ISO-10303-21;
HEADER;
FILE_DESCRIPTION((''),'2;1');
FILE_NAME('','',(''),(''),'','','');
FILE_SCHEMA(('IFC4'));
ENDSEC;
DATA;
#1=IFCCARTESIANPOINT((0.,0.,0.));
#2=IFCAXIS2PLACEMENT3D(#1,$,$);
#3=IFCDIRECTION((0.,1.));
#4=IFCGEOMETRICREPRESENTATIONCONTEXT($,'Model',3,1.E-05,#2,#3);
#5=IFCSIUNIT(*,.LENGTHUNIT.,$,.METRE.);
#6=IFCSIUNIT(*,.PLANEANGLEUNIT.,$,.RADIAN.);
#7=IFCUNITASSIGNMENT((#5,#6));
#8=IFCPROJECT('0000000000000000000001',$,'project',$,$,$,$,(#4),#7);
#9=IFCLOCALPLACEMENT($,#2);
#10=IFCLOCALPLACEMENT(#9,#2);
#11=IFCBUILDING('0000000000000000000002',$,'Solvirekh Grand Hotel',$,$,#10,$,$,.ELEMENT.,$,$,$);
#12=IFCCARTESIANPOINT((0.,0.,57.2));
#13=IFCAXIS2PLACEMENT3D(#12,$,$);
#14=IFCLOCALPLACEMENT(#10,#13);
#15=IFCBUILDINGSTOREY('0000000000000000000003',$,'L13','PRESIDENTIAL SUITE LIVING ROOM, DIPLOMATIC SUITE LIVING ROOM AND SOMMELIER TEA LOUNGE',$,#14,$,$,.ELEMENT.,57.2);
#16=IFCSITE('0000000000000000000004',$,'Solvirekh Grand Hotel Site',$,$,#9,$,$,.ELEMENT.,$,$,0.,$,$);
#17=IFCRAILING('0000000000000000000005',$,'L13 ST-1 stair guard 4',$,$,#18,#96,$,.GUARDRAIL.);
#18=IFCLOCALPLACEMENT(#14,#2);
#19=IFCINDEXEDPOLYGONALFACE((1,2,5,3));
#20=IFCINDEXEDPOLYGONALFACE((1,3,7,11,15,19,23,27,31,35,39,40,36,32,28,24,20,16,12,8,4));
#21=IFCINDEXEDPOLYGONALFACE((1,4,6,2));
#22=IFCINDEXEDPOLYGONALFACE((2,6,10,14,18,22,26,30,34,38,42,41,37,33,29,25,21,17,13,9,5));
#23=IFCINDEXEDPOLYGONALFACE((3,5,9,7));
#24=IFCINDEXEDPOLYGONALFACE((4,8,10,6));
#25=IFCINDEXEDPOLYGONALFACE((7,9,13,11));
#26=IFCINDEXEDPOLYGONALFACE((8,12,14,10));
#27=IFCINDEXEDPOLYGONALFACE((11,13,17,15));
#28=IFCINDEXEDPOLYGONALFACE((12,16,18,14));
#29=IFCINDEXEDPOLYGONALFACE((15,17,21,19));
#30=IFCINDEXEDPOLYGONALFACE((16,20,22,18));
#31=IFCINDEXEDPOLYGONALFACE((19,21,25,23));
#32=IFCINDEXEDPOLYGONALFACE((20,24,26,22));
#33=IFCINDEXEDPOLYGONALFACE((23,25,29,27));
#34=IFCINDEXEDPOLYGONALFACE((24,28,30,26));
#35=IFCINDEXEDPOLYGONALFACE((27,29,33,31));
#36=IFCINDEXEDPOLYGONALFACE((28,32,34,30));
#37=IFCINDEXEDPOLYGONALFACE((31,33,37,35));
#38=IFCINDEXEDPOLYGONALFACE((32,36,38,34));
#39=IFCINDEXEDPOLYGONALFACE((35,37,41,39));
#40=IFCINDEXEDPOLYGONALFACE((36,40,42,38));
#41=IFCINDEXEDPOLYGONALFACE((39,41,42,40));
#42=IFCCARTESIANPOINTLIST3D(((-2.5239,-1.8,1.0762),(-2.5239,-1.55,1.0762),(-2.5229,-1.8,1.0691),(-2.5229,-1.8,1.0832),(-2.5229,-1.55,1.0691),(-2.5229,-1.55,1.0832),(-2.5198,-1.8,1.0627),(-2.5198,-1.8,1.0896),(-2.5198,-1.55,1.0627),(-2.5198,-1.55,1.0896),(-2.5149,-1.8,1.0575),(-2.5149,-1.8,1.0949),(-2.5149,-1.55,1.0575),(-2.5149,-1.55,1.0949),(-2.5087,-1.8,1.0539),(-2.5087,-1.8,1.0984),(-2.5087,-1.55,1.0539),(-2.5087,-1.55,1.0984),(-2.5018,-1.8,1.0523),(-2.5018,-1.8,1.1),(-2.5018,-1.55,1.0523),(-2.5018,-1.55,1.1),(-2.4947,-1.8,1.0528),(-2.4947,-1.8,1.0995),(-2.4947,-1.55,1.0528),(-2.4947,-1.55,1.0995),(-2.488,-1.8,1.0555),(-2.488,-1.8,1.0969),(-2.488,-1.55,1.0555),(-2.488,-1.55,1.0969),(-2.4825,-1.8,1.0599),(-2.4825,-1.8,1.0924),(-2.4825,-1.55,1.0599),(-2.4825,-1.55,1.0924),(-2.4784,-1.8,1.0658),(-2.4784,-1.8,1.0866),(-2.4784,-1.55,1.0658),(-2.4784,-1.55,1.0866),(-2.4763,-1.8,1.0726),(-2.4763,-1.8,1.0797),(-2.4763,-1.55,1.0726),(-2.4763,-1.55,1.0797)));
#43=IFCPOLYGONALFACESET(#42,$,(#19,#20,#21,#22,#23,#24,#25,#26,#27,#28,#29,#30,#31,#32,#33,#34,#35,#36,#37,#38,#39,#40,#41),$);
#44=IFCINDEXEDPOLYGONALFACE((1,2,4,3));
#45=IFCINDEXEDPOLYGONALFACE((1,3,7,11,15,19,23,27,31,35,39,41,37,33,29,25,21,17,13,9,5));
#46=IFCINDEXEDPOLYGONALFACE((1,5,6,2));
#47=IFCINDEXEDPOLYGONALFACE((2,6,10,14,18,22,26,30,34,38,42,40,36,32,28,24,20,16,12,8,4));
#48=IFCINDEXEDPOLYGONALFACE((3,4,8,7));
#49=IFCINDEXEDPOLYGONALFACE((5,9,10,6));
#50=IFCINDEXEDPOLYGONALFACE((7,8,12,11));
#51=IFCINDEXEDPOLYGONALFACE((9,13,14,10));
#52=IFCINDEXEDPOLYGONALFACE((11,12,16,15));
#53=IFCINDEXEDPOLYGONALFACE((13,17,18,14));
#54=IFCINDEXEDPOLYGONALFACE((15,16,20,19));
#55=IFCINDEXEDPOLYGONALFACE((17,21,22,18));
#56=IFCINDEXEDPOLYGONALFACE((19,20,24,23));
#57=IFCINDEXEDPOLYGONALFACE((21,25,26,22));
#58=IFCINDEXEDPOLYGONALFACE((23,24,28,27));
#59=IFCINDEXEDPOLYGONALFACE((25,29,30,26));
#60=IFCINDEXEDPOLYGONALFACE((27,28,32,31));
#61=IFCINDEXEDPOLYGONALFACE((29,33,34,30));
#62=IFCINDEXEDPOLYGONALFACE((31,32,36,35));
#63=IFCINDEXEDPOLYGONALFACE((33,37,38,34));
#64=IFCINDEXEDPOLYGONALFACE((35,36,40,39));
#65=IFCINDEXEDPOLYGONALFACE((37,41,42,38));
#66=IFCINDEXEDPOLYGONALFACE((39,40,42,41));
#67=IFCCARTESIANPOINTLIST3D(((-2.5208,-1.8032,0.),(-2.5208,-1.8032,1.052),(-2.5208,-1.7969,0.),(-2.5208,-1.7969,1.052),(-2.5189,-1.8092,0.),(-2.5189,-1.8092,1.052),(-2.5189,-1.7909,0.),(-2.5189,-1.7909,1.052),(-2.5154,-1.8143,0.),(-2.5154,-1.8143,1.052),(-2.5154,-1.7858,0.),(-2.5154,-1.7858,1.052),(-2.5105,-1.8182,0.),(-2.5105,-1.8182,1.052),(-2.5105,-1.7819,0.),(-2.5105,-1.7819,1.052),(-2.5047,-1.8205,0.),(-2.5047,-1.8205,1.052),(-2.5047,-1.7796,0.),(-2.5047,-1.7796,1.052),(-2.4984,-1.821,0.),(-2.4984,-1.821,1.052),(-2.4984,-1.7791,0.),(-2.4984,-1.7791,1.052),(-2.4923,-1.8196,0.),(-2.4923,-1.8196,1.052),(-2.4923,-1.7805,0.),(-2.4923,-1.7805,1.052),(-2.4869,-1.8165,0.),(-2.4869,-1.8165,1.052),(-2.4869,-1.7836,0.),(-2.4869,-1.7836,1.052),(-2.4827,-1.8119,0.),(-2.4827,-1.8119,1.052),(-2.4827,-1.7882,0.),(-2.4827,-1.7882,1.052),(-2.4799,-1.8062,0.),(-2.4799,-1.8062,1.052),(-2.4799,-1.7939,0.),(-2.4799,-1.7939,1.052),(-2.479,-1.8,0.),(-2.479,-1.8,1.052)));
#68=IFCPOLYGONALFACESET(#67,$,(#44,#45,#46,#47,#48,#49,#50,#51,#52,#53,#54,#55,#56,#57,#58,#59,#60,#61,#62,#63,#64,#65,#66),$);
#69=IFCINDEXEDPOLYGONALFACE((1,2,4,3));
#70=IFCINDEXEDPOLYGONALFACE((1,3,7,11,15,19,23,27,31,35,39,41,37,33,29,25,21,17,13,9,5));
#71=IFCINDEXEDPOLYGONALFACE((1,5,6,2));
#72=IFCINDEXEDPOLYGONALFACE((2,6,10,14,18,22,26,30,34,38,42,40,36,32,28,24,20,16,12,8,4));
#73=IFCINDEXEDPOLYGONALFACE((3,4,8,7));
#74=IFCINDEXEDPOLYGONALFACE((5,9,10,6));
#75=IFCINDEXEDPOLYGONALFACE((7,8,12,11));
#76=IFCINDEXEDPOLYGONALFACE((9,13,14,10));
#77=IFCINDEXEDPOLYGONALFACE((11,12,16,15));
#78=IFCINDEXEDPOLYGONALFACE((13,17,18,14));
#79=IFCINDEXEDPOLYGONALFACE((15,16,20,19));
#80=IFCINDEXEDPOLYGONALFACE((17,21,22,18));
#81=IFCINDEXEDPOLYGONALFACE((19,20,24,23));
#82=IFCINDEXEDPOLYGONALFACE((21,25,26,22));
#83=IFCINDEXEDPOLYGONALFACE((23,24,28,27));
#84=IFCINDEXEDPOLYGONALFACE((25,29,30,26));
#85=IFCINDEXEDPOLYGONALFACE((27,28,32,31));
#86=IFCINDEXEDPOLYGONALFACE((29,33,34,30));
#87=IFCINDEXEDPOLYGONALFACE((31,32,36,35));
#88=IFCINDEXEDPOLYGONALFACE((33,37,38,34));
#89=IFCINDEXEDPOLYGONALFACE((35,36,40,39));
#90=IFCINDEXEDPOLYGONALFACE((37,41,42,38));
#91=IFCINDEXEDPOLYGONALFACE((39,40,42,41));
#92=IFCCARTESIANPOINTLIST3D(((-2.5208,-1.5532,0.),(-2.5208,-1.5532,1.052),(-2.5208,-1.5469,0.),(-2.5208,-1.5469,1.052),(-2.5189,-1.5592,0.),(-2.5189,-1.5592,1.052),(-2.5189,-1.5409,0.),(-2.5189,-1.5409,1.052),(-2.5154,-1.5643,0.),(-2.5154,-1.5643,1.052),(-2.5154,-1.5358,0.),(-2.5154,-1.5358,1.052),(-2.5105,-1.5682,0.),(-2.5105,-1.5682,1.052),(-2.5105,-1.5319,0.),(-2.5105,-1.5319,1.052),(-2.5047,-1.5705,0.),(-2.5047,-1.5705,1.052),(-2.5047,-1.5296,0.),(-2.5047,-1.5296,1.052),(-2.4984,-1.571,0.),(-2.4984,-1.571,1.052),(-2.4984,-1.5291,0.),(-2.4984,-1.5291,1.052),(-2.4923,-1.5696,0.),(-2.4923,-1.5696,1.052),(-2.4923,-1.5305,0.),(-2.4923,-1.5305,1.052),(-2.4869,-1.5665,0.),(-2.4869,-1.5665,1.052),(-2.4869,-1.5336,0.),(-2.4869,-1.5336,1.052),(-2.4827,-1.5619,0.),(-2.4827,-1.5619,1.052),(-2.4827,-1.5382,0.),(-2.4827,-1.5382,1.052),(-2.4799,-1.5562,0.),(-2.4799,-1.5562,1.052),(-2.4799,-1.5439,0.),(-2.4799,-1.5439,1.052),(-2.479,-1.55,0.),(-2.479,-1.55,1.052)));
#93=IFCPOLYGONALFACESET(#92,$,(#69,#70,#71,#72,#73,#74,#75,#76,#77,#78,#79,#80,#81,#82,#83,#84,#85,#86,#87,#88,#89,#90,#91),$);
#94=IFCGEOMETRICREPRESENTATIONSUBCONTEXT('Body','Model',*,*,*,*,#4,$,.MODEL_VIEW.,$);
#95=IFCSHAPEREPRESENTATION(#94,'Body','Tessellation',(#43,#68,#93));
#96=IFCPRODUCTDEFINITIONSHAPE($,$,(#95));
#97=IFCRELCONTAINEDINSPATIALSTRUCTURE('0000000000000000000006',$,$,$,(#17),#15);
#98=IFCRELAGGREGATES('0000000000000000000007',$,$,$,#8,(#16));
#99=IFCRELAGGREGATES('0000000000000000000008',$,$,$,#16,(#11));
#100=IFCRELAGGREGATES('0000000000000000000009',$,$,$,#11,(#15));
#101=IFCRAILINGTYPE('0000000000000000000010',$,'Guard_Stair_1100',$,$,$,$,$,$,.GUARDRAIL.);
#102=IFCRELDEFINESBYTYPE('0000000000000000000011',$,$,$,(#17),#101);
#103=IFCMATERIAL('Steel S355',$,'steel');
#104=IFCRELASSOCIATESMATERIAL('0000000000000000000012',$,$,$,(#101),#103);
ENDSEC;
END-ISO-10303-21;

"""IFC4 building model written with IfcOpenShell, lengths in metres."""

from ifc_helpers import new_model, si_unit, direction, frame, origin, origin_2d, place, context, subcontext, project, spatial, circle, extrude, material, type_object, element, save


model = new_model("IFC4")

# Units and contexts
model_context = context("Model", 3, precision=1e-05, world=origin(), true_north=direction((0.0, 1.0)))
body_context = subcontext(model_context, "Body", "Model", "MODEL_VIEW")
ifc_project = project(units=[si_unit("LENGTHUNIT", "METRE"), si_unit("PLANEANGLEUNIT", "RADIAN")], contexts=[model_context])

# Site, building, storey
site_placement = place(None, origin())
site = spatial("IfcSite", under=ifc_project, at=site_placement, Name="Solvirekh Grand Hotel Site", CompositionType="ELEMENT", RefElevation=0.0)
building_placement = place(site_placement, origin())
building = spatial("IfcBuilding", under=site, at=building_placement, Name="Solvirekh Grand Hotel", CompositionType="ELEMENT")
storey_placement = place(building_placement, frame((0.0, 0.0, 57.2)))
storey = spatial("IfcBuildingStorey", under=building, at=storey_placement, Name="L13", Description="PRESIDENTIAL SUITE LIVING ROOM, DIPLOMATIC SUITE LIVING ROOM AND SOMMELIER TEA LOUNGE", CompositionType="ELEMENT", Elevation=57.2)

# Railing
ifc_material_1 = material(Name="Steel S355", Category="steel")
railing_type_1 = type_object("IfcRailingType", Name="Guard_Stair_1100", PredefinedType="GUARDRAIL", material=ifc_material_1)
railing_1_placement = place(storey_placement, frame((-2.5, -1.8, 0.0)))
element("IfcRailing", 1, at=railing_1_placement, inside=storey, type_object=railing_type_1, Name="L13 ST-1 stair guard 4", PredefinedType="GUARDRAIL", context=body_context, shape_type="SweptSolid", body=[
    extrude(circle(Radius=0.0239, at=origin_2d()), frame((0.0, 0.0, 1.0762), z_axis=(0.0, 1.0, 0.0), x_axis=(-1.0, 0.0, 0.0)), (0.0, 0.0, 1.0), 0.25),
    extrude(circle(Radius=0.021, at=origin_2d()), origin(), (0.0, 0.0, 1.0), 1.052),
    extrude(circle(Radius=0.021, at=origin_2d()), frame((0.0, 0.25, 0.0)), (0.0, 0.0, 1.0), 1.052),
])

save(model, "model.ifc")
